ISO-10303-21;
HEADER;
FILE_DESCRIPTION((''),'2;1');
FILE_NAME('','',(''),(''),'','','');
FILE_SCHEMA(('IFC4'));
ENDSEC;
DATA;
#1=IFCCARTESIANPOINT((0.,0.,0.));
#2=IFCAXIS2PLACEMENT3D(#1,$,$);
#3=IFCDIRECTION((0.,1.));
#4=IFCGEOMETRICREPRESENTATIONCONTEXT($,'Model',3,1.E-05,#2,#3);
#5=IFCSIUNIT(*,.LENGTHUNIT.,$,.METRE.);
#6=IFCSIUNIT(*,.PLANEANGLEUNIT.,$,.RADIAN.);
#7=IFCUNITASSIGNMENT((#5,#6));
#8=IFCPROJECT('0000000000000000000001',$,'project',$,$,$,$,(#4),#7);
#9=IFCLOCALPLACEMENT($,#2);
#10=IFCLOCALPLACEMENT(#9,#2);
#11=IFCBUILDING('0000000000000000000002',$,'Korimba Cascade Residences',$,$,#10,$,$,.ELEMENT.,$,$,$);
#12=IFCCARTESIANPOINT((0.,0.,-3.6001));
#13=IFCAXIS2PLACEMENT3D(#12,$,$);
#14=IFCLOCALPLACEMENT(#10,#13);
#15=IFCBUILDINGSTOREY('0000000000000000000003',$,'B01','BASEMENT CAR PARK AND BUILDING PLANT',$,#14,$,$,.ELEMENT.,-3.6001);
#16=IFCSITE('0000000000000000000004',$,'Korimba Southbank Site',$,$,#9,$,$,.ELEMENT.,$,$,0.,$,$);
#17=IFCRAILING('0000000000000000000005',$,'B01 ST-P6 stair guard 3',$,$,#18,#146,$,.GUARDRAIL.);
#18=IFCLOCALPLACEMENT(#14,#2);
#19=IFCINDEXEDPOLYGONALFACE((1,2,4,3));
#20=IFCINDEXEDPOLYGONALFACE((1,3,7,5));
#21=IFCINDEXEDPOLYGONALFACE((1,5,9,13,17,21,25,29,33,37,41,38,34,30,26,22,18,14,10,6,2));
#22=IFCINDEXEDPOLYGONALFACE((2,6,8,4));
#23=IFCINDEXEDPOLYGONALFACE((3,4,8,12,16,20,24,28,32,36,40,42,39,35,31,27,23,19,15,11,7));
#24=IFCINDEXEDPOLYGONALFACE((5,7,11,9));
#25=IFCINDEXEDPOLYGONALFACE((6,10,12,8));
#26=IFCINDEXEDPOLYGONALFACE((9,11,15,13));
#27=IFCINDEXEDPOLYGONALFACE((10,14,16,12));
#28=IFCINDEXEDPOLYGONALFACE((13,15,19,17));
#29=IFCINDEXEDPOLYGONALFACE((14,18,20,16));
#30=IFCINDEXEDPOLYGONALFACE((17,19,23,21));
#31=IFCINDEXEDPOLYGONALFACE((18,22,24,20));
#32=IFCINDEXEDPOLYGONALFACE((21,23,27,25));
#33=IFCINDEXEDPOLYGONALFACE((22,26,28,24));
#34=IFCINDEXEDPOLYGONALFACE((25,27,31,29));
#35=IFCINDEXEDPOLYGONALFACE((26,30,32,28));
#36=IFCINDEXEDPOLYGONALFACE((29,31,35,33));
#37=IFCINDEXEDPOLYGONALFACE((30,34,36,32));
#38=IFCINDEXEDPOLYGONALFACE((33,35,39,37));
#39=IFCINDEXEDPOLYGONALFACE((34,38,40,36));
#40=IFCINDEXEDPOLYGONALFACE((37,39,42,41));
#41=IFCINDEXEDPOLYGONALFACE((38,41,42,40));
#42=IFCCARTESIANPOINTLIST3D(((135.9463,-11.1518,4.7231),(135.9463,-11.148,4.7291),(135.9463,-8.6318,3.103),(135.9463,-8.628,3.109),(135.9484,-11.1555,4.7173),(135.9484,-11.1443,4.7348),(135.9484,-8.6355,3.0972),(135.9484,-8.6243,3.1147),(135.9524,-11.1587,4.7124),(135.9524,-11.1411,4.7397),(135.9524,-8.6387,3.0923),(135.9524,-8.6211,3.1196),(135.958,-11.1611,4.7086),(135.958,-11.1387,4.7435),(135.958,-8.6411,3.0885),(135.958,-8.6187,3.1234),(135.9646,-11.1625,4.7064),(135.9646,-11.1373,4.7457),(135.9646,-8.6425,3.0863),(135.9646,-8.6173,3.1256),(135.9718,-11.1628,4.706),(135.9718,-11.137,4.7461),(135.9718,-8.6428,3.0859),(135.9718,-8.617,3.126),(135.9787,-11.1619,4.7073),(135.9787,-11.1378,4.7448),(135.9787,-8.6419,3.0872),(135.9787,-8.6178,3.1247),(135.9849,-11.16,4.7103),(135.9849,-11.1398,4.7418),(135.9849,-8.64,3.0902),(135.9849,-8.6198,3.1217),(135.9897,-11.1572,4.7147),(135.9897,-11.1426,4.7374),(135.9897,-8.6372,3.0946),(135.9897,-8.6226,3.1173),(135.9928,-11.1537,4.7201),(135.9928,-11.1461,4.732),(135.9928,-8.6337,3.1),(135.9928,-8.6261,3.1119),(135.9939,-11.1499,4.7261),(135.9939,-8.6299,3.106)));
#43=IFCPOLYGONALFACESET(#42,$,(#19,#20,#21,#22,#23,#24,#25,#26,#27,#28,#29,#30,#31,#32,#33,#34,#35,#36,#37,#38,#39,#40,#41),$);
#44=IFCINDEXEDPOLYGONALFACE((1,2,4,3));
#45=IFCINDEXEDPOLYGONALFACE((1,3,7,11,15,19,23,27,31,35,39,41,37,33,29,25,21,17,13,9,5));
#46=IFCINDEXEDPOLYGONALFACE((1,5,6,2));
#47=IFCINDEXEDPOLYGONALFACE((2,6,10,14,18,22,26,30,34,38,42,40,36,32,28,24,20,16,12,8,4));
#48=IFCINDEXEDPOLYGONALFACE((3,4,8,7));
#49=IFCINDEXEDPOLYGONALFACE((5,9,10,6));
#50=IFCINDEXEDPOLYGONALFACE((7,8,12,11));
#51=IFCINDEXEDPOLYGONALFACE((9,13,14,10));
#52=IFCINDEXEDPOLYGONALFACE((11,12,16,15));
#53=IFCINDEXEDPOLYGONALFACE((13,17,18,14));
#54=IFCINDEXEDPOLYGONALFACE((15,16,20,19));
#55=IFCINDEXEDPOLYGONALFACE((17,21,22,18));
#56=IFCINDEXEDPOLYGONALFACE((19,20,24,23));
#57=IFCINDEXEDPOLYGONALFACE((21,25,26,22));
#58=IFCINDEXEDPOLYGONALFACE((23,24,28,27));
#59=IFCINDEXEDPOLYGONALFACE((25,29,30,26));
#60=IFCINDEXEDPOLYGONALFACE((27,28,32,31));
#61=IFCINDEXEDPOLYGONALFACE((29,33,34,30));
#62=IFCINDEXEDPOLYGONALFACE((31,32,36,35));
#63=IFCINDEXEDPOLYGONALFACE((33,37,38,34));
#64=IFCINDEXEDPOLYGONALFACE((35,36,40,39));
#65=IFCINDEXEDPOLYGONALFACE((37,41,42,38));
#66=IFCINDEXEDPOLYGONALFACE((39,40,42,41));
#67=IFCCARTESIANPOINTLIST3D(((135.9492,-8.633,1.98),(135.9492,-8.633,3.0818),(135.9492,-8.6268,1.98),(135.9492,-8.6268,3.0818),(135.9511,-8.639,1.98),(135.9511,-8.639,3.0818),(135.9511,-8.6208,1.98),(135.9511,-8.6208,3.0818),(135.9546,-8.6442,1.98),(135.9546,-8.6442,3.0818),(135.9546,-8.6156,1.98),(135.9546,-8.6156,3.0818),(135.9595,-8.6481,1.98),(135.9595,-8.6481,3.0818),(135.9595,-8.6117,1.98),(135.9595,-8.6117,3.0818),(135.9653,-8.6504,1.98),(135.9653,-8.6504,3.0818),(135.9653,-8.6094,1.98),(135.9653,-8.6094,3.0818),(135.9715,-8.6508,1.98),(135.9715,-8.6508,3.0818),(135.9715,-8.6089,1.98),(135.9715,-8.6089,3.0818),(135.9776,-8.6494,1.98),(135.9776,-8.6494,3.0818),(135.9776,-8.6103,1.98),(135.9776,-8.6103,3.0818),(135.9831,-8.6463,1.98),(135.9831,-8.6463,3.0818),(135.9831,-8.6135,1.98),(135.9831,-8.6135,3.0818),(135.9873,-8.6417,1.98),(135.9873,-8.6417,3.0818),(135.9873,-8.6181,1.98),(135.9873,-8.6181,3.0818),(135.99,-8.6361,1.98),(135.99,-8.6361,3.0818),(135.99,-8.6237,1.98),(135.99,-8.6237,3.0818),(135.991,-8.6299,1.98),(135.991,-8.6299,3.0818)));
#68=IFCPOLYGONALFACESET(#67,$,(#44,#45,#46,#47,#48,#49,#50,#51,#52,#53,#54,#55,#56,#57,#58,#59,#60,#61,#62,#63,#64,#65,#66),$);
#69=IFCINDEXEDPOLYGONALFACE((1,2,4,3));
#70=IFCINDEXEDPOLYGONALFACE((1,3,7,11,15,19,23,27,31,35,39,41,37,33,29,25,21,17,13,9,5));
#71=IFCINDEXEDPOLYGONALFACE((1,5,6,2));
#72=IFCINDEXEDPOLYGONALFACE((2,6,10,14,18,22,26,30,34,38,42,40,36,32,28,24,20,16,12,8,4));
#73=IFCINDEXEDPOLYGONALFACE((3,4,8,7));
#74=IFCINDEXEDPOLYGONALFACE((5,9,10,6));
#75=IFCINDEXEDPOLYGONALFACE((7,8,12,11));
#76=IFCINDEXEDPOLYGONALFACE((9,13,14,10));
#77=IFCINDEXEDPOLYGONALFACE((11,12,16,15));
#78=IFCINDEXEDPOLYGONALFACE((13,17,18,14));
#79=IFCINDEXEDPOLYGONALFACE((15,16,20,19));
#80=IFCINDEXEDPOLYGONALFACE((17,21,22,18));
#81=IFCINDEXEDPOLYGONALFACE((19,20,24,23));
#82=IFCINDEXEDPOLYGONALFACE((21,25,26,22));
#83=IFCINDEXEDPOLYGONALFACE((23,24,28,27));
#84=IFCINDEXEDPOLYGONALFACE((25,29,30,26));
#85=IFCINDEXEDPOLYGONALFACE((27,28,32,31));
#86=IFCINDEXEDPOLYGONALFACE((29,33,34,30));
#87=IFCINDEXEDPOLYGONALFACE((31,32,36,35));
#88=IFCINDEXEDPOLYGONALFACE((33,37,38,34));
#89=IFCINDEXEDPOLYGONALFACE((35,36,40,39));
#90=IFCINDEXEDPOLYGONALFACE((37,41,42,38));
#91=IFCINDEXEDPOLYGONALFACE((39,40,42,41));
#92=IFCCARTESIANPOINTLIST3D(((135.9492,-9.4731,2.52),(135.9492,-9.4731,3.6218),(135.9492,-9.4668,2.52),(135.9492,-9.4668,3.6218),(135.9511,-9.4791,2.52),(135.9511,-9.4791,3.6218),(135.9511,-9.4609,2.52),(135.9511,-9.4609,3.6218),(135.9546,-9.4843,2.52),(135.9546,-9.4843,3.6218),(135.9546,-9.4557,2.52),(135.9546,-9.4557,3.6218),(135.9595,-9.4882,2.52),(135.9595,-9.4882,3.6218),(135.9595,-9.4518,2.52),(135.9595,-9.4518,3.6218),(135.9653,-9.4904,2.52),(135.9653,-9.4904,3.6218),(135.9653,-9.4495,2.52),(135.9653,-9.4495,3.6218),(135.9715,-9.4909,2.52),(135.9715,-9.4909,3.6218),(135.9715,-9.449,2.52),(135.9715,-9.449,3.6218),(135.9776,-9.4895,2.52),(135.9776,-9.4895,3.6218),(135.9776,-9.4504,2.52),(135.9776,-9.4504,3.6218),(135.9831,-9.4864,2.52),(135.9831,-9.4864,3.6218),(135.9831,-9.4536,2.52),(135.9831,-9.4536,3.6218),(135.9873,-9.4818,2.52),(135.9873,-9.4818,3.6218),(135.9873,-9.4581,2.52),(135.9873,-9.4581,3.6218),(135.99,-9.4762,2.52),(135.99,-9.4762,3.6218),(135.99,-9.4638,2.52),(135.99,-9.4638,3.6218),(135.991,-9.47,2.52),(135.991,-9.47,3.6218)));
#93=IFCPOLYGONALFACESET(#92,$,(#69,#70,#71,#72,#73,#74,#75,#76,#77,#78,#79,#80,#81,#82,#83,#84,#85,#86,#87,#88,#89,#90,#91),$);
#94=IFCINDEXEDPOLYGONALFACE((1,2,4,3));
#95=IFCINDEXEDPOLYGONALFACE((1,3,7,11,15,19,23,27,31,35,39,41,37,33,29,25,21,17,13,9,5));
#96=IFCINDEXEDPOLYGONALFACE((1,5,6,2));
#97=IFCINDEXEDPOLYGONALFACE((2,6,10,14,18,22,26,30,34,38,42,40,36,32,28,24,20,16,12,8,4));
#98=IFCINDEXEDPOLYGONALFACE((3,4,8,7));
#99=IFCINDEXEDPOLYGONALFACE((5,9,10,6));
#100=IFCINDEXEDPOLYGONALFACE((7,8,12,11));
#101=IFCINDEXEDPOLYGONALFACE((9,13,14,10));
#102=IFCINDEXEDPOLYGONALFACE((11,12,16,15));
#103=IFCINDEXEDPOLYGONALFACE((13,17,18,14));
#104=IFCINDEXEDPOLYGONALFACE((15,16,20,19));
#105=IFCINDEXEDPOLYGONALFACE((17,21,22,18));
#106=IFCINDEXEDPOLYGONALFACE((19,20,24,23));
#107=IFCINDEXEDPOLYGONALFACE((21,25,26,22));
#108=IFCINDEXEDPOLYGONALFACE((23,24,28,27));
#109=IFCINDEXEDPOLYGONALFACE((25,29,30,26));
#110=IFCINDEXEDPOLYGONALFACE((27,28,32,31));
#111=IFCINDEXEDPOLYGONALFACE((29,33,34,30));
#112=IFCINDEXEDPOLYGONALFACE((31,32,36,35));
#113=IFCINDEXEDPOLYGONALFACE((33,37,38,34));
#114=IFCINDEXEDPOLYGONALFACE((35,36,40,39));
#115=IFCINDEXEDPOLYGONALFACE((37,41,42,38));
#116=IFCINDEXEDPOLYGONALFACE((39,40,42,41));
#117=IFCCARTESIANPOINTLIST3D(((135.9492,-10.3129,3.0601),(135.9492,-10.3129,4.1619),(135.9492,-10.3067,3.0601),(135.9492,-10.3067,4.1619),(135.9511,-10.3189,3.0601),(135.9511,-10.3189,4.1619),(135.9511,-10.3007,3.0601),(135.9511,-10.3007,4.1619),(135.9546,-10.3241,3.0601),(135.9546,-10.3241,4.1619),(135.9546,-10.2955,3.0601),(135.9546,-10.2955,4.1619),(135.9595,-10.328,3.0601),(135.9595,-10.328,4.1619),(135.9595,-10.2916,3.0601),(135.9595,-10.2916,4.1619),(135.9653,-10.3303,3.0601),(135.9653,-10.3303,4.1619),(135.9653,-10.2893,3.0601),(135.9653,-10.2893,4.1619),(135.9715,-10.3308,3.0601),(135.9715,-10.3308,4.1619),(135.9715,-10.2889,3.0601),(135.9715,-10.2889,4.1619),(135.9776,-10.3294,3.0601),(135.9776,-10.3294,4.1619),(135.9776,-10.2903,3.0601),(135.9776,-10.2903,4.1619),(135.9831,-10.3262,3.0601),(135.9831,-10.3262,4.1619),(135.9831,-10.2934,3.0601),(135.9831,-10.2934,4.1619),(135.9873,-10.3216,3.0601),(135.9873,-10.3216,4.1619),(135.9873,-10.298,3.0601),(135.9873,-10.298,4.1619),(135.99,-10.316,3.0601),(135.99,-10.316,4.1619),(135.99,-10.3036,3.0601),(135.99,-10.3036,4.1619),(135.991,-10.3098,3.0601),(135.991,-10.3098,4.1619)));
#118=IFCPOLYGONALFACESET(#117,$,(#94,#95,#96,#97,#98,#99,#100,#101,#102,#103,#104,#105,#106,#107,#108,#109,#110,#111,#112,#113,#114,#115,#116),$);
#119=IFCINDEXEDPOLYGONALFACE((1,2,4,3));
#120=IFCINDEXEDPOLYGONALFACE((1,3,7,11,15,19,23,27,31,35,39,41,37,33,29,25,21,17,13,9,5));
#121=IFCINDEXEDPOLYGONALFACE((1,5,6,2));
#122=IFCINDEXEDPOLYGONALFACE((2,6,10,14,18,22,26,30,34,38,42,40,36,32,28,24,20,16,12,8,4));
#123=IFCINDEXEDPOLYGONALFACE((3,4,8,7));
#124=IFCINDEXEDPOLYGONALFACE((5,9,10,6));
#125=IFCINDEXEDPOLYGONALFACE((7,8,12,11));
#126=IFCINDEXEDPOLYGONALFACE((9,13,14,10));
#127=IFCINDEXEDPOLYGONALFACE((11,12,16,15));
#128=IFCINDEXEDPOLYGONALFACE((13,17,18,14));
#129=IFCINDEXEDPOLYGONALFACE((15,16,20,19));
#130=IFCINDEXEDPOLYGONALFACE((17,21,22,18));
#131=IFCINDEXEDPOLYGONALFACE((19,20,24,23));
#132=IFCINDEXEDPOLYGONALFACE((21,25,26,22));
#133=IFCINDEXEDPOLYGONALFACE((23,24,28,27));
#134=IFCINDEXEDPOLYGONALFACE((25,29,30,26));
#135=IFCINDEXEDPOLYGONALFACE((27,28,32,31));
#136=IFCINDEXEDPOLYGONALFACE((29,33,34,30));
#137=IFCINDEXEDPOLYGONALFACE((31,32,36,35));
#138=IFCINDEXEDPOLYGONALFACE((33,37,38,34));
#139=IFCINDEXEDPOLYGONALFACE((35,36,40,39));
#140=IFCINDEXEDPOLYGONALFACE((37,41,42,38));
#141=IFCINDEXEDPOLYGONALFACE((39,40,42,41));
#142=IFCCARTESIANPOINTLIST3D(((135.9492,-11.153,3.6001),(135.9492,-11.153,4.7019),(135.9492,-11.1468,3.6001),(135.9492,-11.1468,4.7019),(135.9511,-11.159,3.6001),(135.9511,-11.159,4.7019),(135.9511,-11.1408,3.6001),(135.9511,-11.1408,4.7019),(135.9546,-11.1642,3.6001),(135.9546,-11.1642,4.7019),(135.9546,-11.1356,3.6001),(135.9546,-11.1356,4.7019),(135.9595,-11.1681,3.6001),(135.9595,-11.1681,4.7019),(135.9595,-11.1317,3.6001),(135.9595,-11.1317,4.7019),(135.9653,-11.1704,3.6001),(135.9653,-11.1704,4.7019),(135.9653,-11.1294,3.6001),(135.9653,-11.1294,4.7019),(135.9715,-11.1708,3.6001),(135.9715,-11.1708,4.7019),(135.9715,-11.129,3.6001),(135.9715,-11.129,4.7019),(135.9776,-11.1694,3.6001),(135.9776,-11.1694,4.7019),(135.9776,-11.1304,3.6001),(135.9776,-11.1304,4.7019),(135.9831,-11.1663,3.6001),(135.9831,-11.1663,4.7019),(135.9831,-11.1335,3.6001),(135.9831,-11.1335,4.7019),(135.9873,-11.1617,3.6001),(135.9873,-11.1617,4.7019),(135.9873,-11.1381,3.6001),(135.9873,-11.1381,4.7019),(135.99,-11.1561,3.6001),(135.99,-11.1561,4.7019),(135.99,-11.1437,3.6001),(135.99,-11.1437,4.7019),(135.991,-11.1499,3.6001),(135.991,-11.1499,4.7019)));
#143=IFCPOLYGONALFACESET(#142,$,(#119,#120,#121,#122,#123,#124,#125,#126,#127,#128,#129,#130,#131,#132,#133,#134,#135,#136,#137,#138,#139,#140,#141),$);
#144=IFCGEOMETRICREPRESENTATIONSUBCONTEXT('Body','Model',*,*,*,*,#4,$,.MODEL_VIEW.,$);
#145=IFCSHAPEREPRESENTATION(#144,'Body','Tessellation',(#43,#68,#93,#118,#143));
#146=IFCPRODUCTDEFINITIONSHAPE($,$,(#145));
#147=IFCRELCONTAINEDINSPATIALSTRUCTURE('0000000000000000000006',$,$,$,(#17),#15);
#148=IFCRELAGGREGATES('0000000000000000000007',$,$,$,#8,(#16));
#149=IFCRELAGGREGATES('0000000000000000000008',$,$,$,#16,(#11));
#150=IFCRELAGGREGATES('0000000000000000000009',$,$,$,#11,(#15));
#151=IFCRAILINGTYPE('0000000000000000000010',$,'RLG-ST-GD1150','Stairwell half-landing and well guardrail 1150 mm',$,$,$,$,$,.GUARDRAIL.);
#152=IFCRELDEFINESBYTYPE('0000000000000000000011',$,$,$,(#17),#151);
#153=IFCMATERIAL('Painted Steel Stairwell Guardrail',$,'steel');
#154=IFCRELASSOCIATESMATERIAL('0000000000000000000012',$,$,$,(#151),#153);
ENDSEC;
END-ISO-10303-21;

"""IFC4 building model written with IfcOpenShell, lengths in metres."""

from ifc_helpers import new_model, si_unit, direction, frame, origin, origin_2d, place, context, subcontext, project, spatial, circle, extrude, material, type_object, element, save


model = new_model("IFC4")

# Units and contexts
model_context = context("Model", 3, precision=1e-05, world=origin(), true_north=direction((0.0, 1.0)))
body_context = subcontext(model_context, "Body", "Model", "MODEL_VIEW")
ifc_project = project(units=[si_unit("LENGTHUNIT", "METRE"), si_unit("PLANEANGLEUNIT", "RADIAN")], contexts=[model_context])

# Site, building, storey
site_placement = place(None, origin())
site = spatial("IfcSite", under=ifc_project, at=site_placement, Name="Korimba Southbank Site", CompositionType="ELEMENT", RefElevation=0.0)
building_placement = place(site_placement, origin())
building = spatial("IfcBuilding", under=site, at=building_placement, Name="Korimba Cascade Residences", CompositionType="ELEMENT")
storey_placement = place(building_placement, frame((0.0, 0.0, -3.6001)))
storey = spatial("IfcBuildingStorey", under=building, at=storey_placement, Name="B01", Description="BASEMENT CAR PARK AND BUILDING PLANT", CompositionType="ELEMENT", Elevation=-3.6001)

# Railing
ifc_material_1 = material(Name="Painted Steel Stairwell Guardrail", Category="steel")
railing_type_1 = type_object("IfcRailingType", Name="RLG-ST-GD1150", Description="Stairwell half-landing and well guardrail 1150 mm", PredefinedType="GUARDRAIL", material=ifc_material_1)
railing_1_placement = place(storey_placement, frame((135.97, -8.6299, 1.98)))
element("IfcRailing", 1, at=railing_1_placement, inside=storey, type_object=railing_type_1, Name="B01 ST-P6 stair guard 3", PredefinedType="GUARDRAIL", context=body_context, shape_type="SweptSolid", body=[
    extrude(circle(Radius=0.0239, at=origin_2d()), frame((0.0, 0.0, 1.126), z_axis=(0.0, -0.841163, 0.540782), x_axis=(1.0, 0.0, 0.0)), (0.0, 0.0, 1.0), 2.9958),
    extrude(circle(Radius=0.021, at=origin_2d()), origin(), (0.0, 0.0, 1.0), 1.1018),
    extrude(circle(Radius=0.021, at=origin_2d()), frame((0.0, -0.8401, 0.54)), (0.0, 0.0, 1.0), 1.1018),
    extrude(circle(Radius=0.021, at=origin_2d()), frame((0.0, -1.6799, 1.0801)), (0.0, 0.0, 1.0), 1.1018),
    extrude(circle(Radius=0.021, at=origin_2d()), frame((0.0, -2.52, 1.6201)), (0.0, 0.0, 1.0), 1.1018),
])

save(model, "model.ifc")
